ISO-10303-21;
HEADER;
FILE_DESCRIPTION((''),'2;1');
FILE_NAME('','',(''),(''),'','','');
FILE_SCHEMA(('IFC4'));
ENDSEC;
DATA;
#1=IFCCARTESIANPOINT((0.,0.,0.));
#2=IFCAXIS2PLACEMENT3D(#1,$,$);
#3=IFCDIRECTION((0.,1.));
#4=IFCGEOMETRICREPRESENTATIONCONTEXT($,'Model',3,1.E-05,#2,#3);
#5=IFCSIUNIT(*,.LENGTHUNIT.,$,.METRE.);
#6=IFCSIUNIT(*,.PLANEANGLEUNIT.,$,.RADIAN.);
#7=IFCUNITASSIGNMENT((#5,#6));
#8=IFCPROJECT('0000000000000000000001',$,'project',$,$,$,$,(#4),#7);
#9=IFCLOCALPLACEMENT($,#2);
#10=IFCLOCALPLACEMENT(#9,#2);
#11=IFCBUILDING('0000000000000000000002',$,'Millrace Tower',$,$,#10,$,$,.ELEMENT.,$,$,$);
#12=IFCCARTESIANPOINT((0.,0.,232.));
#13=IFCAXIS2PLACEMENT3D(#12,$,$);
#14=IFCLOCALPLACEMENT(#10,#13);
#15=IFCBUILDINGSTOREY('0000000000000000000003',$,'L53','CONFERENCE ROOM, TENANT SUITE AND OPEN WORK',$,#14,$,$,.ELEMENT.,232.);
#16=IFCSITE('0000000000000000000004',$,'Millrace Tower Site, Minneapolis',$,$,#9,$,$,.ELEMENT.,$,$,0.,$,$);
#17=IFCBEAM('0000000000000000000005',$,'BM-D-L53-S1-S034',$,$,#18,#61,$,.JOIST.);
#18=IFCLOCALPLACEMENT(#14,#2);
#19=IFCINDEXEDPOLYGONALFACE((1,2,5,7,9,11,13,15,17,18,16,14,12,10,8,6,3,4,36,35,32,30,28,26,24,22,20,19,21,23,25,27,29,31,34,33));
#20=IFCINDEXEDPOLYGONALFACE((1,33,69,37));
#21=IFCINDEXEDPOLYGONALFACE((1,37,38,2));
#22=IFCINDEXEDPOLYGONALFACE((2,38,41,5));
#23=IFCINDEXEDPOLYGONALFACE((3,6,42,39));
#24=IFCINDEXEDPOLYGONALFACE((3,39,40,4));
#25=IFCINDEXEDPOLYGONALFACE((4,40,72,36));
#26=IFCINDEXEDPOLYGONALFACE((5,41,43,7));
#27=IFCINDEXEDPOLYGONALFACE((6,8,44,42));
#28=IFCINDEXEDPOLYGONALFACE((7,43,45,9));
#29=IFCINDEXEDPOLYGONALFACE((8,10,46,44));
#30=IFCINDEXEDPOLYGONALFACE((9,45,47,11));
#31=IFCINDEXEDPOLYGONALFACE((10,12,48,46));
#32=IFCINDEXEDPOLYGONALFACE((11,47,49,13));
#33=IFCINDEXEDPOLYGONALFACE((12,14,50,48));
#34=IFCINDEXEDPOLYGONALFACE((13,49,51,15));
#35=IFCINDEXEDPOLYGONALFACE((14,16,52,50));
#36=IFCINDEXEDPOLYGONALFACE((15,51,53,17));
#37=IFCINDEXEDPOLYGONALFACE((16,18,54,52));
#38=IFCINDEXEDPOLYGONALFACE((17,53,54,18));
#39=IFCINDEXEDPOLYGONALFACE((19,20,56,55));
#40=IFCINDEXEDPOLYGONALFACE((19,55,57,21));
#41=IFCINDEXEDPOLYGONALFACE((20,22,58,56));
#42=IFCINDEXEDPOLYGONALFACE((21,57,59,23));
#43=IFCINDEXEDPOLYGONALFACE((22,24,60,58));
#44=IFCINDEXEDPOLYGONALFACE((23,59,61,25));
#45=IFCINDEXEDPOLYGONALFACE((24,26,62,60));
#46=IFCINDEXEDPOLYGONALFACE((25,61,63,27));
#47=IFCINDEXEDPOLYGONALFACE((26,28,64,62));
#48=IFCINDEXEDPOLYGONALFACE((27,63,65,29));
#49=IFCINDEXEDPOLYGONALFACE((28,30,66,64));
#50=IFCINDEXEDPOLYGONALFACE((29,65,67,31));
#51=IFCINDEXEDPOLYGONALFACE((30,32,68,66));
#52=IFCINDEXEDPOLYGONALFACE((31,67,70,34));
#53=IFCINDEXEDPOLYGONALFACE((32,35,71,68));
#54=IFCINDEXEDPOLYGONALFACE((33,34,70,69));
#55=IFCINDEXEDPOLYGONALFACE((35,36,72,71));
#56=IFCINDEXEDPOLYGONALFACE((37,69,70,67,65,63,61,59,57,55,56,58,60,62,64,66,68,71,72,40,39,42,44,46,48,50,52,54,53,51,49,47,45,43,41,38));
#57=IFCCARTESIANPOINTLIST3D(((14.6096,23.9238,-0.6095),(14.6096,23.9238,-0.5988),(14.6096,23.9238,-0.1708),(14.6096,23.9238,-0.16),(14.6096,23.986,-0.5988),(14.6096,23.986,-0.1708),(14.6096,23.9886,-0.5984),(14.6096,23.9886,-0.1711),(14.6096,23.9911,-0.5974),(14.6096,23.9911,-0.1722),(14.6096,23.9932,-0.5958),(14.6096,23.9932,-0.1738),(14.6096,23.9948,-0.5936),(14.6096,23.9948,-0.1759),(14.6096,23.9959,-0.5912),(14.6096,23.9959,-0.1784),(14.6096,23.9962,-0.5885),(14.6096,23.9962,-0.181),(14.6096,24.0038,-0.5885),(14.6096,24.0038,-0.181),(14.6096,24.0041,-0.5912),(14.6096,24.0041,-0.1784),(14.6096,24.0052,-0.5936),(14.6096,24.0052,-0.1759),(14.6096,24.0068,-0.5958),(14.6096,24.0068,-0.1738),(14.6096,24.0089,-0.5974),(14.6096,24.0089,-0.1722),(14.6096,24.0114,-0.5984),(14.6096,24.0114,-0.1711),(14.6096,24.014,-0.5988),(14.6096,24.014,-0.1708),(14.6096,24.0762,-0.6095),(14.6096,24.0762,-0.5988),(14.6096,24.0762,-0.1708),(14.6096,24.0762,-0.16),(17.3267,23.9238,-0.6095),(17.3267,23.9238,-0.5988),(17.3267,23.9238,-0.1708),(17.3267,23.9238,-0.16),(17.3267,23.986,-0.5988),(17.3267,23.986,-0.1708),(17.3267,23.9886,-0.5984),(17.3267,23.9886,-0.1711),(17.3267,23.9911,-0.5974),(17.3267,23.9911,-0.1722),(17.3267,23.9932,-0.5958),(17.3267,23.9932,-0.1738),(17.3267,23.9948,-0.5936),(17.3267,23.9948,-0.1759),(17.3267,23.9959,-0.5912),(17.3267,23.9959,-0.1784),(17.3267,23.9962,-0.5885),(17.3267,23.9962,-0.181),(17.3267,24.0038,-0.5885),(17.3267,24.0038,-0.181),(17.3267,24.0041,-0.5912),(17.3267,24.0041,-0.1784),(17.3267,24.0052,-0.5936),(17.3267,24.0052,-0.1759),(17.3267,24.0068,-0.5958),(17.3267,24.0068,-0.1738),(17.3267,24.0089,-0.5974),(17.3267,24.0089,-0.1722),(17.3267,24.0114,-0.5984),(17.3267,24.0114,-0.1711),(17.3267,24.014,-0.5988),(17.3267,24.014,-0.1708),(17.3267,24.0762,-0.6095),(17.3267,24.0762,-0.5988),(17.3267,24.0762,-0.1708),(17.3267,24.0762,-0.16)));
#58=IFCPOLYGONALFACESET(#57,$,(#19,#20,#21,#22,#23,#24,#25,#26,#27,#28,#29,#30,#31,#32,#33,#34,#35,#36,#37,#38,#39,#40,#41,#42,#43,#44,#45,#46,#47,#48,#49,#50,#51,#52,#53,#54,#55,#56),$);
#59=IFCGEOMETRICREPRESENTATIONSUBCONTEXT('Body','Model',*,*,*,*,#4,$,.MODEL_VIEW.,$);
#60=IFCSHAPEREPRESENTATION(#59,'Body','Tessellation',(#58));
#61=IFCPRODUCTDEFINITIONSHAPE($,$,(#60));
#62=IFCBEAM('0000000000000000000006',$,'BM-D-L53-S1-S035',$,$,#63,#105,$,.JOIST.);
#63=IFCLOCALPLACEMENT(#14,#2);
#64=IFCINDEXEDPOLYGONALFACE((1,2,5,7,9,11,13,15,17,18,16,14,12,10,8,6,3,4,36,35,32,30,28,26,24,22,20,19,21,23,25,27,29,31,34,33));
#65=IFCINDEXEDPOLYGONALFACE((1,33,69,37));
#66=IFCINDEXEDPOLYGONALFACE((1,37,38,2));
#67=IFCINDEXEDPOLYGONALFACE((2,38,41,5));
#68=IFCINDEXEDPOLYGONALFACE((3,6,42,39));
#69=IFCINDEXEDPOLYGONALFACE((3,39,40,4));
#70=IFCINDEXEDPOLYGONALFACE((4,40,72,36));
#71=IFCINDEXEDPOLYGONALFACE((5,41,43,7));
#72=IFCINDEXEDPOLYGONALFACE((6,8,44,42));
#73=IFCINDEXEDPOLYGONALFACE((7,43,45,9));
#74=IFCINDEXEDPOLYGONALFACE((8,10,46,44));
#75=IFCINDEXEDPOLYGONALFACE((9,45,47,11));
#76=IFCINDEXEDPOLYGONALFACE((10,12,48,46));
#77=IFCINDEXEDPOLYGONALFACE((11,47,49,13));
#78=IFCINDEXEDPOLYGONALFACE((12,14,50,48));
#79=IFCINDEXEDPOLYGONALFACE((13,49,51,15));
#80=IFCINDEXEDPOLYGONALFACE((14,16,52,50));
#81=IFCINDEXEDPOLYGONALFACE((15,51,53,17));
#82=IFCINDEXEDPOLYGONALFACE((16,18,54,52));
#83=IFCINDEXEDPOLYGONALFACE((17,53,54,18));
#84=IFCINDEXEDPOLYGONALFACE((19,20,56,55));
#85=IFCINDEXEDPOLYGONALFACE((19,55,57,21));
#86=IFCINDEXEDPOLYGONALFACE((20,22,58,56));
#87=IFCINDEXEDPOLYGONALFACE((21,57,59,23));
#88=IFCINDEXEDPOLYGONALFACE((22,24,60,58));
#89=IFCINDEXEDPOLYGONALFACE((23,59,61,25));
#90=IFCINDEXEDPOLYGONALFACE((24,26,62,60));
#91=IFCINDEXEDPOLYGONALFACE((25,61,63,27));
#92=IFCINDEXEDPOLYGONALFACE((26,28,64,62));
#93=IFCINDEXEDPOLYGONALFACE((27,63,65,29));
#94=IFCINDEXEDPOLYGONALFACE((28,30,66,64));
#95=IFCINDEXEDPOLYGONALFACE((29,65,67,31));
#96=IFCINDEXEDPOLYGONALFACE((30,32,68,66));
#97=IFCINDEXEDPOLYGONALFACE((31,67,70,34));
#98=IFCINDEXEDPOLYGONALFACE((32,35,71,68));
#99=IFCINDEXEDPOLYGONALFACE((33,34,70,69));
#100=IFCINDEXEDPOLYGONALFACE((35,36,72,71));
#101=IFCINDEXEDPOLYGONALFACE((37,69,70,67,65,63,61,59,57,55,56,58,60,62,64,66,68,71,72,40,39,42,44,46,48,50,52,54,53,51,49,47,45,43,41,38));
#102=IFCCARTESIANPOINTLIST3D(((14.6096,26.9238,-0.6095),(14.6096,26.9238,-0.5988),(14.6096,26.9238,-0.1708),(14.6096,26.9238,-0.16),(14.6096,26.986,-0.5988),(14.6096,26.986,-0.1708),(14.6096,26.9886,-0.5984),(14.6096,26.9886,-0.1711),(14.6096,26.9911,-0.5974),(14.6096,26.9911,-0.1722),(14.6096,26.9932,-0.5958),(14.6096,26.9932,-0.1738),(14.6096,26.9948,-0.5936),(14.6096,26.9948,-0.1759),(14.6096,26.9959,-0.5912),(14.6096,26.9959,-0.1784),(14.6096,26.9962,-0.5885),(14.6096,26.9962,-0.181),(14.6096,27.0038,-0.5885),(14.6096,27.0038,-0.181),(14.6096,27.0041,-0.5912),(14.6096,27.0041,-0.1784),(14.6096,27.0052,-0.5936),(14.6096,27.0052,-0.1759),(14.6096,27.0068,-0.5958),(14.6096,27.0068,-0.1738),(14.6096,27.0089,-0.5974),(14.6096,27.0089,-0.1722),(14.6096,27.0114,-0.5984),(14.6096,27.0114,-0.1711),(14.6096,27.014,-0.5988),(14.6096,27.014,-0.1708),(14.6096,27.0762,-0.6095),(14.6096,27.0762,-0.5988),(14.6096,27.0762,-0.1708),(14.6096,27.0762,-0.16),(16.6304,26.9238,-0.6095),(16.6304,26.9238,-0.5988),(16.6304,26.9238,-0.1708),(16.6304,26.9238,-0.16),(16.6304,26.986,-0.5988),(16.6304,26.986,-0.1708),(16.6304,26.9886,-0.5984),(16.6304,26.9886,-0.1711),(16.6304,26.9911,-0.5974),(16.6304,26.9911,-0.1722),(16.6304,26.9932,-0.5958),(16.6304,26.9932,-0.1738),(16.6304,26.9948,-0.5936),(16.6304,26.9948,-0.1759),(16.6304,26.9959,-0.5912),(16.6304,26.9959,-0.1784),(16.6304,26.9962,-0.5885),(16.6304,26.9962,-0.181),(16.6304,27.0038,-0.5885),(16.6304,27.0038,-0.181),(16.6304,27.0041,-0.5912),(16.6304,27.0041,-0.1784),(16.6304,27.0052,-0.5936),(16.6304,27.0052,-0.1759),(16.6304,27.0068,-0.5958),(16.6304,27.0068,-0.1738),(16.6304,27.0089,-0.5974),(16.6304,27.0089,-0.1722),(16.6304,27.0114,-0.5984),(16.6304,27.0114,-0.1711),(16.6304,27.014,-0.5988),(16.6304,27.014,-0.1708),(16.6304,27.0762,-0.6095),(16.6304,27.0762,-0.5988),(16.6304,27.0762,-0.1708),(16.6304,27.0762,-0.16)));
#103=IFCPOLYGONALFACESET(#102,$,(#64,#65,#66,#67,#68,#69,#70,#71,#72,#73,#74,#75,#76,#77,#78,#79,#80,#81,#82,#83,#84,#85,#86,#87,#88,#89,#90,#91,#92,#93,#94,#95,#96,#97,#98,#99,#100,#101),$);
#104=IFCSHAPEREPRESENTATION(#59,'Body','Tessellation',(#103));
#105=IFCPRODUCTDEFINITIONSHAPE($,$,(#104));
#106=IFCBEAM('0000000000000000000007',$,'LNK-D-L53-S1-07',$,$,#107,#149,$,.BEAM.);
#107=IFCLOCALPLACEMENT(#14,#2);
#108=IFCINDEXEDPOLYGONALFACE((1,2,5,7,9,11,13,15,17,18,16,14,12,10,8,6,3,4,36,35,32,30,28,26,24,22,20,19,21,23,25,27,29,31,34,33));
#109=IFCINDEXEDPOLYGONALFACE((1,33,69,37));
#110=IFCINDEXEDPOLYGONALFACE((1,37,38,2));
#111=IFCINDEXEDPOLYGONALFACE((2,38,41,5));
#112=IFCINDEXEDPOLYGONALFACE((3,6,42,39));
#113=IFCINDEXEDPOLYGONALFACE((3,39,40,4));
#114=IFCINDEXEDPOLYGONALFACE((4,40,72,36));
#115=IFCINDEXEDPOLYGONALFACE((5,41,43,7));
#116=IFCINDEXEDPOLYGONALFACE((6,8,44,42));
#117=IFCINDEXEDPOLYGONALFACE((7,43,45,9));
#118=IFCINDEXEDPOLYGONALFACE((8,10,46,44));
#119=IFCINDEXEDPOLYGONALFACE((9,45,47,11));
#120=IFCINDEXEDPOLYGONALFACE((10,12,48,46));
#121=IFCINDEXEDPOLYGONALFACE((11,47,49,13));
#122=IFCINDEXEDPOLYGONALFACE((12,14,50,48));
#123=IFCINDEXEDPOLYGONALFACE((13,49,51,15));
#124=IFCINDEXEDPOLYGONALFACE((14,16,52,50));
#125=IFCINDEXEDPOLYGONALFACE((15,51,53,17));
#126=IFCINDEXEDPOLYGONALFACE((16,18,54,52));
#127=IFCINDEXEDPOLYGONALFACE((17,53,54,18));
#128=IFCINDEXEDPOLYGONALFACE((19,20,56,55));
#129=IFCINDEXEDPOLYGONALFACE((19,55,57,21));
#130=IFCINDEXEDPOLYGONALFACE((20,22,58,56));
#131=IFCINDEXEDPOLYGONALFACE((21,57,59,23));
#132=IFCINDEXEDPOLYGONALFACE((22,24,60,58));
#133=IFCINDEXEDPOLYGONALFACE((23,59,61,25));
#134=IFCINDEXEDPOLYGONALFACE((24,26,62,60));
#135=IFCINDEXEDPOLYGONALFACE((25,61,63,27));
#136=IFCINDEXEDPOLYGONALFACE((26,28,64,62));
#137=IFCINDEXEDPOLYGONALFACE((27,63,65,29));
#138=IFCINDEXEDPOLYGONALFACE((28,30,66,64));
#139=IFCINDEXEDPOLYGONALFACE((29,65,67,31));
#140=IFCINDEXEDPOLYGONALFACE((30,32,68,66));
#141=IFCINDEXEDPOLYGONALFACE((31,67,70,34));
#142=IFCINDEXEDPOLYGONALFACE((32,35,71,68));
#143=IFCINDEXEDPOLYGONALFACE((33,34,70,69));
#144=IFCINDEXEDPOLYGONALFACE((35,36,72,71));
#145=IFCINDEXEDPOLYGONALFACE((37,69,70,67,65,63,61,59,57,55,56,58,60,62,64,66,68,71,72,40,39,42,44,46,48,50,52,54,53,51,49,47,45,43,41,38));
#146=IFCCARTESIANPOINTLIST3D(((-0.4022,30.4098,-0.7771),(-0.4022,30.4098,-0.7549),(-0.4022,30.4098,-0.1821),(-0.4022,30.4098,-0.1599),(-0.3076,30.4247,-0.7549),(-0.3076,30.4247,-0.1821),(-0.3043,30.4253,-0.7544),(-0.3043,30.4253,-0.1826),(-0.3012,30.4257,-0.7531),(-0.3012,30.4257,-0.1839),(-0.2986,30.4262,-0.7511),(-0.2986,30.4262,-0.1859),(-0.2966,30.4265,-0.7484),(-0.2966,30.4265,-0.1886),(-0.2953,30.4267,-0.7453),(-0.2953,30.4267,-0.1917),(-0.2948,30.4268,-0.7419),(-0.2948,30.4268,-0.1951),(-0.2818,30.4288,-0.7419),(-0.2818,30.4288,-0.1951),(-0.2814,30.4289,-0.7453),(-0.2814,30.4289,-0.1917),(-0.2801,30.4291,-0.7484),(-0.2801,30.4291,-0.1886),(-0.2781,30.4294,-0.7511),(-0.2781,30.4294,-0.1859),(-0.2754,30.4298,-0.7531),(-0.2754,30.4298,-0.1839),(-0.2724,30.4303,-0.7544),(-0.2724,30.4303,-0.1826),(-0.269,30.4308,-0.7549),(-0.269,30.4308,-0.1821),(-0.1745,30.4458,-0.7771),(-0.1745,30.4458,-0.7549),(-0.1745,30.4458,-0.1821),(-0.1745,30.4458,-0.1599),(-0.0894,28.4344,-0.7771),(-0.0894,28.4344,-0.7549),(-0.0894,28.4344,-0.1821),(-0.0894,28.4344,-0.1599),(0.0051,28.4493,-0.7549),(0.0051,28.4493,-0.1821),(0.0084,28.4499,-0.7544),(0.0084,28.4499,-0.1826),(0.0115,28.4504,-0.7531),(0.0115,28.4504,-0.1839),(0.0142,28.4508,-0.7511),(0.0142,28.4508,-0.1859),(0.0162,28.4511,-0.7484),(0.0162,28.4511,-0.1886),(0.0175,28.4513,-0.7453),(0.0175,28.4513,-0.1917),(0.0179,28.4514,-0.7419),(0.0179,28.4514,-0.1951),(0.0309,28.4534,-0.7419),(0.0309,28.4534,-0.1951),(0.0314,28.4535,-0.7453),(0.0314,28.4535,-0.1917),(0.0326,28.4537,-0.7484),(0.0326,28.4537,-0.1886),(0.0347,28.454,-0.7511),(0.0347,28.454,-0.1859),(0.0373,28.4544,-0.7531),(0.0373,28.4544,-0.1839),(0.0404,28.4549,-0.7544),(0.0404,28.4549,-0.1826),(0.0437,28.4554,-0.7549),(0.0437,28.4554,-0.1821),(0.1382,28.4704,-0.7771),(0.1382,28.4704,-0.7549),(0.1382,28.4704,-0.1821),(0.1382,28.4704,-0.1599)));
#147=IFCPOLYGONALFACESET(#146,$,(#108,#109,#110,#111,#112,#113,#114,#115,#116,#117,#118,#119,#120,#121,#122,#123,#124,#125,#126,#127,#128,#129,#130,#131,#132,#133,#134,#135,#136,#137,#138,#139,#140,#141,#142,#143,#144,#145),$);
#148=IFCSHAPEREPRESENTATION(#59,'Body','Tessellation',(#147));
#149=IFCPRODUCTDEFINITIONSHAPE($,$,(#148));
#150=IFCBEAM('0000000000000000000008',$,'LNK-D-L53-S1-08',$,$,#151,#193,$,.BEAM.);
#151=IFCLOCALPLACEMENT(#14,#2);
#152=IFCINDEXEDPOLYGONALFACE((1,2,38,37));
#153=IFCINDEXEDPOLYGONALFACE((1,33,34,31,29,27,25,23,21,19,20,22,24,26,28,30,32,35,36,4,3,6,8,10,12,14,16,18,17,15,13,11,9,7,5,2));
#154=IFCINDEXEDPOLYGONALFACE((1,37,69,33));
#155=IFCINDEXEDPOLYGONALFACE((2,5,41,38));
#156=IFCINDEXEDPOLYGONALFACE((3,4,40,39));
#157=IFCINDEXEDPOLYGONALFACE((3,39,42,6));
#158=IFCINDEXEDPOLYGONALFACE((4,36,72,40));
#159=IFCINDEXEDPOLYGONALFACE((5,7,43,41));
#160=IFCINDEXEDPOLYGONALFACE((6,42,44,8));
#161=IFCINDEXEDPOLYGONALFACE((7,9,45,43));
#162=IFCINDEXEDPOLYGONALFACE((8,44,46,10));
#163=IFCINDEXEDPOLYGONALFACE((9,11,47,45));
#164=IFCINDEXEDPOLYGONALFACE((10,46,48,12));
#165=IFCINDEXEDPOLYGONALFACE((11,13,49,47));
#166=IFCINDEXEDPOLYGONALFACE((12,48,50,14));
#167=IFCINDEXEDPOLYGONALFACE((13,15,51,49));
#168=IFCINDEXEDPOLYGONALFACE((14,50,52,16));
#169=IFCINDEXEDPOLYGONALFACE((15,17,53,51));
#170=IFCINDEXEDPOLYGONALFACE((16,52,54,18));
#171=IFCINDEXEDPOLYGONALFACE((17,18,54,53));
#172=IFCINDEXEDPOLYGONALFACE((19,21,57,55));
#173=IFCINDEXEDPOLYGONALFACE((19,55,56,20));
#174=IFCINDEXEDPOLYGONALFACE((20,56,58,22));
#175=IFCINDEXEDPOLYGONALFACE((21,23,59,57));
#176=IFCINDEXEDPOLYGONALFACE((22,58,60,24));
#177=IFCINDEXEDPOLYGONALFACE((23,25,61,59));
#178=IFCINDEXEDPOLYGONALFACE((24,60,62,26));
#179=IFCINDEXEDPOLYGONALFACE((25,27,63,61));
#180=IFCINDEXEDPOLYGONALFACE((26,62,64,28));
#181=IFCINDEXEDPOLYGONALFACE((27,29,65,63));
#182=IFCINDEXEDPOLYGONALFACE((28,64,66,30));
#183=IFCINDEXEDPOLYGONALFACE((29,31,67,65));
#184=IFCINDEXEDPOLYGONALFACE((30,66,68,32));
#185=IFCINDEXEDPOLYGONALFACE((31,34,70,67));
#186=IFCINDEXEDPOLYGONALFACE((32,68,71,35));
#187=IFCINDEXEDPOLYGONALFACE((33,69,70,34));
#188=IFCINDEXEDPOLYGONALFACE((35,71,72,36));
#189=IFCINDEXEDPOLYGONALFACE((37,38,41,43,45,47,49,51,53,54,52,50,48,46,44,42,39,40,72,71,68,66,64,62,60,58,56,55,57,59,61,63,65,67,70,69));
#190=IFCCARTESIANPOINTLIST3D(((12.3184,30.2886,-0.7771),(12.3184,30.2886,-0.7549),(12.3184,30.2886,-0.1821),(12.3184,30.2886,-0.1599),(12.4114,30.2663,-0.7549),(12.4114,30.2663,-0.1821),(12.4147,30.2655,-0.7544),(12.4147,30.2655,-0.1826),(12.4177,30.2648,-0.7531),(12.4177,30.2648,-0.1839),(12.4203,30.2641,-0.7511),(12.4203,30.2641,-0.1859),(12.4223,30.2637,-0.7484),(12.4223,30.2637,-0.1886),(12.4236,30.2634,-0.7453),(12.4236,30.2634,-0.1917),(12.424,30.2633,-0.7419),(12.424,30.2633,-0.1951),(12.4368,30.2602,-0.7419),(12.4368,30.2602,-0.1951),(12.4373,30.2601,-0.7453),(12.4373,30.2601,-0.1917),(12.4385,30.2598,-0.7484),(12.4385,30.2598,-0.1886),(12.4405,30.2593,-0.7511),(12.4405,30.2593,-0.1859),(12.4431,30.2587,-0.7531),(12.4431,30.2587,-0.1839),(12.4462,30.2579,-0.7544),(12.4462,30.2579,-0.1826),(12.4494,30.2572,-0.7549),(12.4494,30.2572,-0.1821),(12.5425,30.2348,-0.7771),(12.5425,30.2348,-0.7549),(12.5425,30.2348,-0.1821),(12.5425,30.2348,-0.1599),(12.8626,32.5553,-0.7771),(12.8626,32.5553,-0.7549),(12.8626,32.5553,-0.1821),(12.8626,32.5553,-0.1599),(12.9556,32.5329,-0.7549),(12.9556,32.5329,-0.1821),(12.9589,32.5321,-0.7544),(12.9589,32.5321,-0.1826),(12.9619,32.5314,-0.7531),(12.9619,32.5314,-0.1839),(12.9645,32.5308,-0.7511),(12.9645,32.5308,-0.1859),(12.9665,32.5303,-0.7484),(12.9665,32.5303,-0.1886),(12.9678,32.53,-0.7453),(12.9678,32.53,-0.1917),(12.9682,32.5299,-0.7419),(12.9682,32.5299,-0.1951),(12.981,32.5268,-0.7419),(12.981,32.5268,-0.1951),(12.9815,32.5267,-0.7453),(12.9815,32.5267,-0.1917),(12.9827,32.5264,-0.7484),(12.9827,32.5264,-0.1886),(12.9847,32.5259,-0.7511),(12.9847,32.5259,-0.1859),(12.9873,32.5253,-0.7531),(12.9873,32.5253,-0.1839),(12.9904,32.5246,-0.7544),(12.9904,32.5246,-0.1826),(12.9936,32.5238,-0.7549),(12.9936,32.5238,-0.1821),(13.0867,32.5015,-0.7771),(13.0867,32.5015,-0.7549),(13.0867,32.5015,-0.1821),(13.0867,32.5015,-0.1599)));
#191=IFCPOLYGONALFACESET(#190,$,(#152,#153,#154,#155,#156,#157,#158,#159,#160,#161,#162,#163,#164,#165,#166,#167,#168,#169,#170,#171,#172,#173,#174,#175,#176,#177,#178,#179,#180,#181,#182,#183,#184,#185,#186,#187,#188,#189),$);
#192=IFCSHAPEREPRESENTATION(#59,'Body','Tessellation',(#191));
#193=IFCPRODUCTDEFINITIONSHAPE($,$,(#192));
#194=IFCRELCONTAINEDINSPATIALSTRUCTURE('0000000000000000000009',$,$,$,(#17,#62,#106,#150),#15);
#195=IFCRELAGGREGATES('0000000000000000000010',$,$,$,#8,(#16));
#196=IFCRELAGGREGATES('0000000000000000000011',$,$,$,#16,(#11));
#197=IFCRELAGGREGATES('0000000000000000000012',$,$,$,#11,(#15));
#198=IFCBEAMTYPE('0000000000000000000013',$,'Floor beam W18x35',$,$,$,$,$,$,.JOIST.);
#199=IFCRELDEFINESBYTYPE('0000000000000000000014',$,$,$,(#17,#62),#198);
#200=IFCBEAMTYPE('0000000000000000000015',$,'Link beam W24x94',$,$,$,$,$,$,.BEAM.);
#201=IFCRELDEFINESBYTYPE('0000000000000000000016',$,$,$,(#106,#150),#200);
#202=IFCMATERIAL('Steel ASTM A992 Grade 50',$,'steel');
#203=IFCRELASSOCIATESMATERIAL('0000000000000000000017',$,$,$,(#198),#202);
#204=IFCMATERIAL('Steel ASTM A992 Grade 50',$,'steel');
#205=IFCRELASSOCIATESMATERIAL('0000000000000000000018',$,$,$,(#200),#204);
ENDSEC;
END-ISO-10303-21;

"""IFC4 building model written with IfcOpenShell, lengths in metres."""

from ifc_helpers import new_model, si_unit, direction, frame, origin, origin_2d, place, context, subcontext, project, spatial, i_section, extrude, material, material_profile, profile_set, type_object, element, save


model = new_model("IFC4")

# Units and contexts
model_context = context("Model", 3, precision=1e-05, world=origin(), true_north=direction((0.0, 1.0)))
body_context = subcontext(model_context, "Body", "Model", "MODEL_VIEW")
ifc_project = project(units=[si_unit("LENGTHUNIT", "METRE"), si_unit("PLANEANGLEUNIT", "RADIAN")], contexts=[model_context])

# Site, building, storey
site_placement = place(None, origin())
site = spatial("IfcSite", under=ifc_project, at=site_placement, Name="Millrace Tower Site, Minneapolis", CompositionType="ELEMENT", RefElevation=0.0)
building_placement = place(site_placement, origin())
building = spatial("IfcBuilding", under=site, at=building_placement, Name="Millrace Tower", CompositionType="ELEMENT")
storey_placement = place(building_placement, frame((0.0, 0.0, 232.0)))
storey = spatial("IfcBuildingStorey", under=building, at=storey_placement, Name="L53", Description="CONFERENCE ROOM, TENANT SUITE AND OPEN WORK", CompositionType="ELEMENT", Elevation=232.0)

# Beams
ifc_material_1 = material(Name="Steel ASTM A992 Grade 50", Category="steel")
ifc_material_profile_1 = material_profile(ifc_material_1, i_section(OverallWidth=0.1523, OverallDepth=0.4495, WebThickness=0.0076, FlangeThickness=0.0107, FilletRadius=0.0103, at=origin_2d()))
ifc_profile_set_1 = profile_set([ifc_material_profile_1], Name="Steel ASTM A992 Grade 50")
beam_type_1 = type_object("IfcBeamType", Name="Floor beam W18x35", PredefinedType="JOIST", material=ifc_profile_set_1)
beam_1_placement = place(storey_placement, frame((14.6096, 24.0, -0.3848), z_axis=(1.0, 0.0, 0.0), x_axis=(0.0, 1.0, 0.0)))
element("IfcBeam", 1, at=beam_1_placement, inside=storey, type_object=beam_type_1, Name="BM-D-L53-S1-S034", PredefinedType="JOIST", context=body_context, shape_type="SweptSolid", body=[
    extrude(i_section(OverallWidth=0.1523, OverallDepth=0.4495, WebThickness=0.0076, FlangeThickness=0.0107, FilletRadius=0.0103, at=origin_2d()), origin(), (0.0, 0.0, 1.0), 2.717),
])
beam_2_placement = place(storey_placement, frame((14.6096, 27.0, -0.3848), z_axis=(1.0, 0.0, 0.0), x_axis=(0.0, 1.0, 0.0)))
element("IfcBeam", 2, at=beam_2_placement, inside=storey, type_object=beam_type_1, Name="BM-D-L53-S1-S035", PredefinedType="JOIST", context=body_context, shape_type="SweptSolid", body=[
    extrude(i_section(OverallWidth=0.1523, OverallDepth=0.4495, WebThickness=0.0076, FlangeThickness=0.0107, FilletRadius=0.0103, at=origin_2d()), origin(), (0.0, 0.0, 1.0), 2.0208),
])
ifc_material_2 = material(Name="Steel ASTM A992 Grade 50", Category="steel")
ifc_material_profile_2 = material_profile(ifc_material_2, i_section(OverallWidth=0.2305, OverallDepth=0.6172, WebThickness=0.0132, FlangeThickness=0.0222, FilletRadius=0.0129, at=origin_2d()))
ifc_profile_set_2 = profile_set([ifc_material_profile_2], Name="Steel ASTM A992 Grade 50")
beam_type_2 = type_object("IfcBeamType", Name="Link beam W24x94", PredefinedType="BEAM", material=ifc_profile_set_2)
beam_3_placement = place(storey_placement, frame((0.0244, 28.4524, -0.4685), z_axis=(-0.156376, 0.987698, 0.0), x_axis=(-0.987698, -0.156376, 0.0)))
element("IfcBeam", 3, at=beam_3_placement, inside=storey, type_object=beam_type_2, Name="LNK-D-L53-S1-07", PredefinedType="BEAM", context=body_context, shape_type="SweptSolid", body=[
    extrude(i_section(OverallWidth=0.2305, OverallDepth=0.6172, WebThickness=0.0132, FlangeThickness=0.0222, FilletRadius=0.0129, at=origin_2d()), origin(), (0.0, 0.0, 1.0), 2.0),
])
beam_4_placement = place(storey_placement, frame((12.4304, 30.2617, -0.4685), z_axis=(0.233456, 0.972367, 0.0), x_axis=(-0.972367, 0.233456, 0.0)))
element("IfcBeam", 4, at=beam_4_placement, inside=storey, type_object=beam_type_2, Name="LNK-D-L53-S1-08", PredefinedType="BEAM", context=body_context, shape_type="SweptSolid", body=[
    extrude(i_section(OverallWidth=0.2305, OverallDepth=0.6172, WebThickness=0.0132, FlangeThickness=0.0222, FilletRadius=0.0129, at=origin_2d()), origin(), (0.0, 0.0, 1.0), 2.3311),
])

save(model, "model.ifc")
